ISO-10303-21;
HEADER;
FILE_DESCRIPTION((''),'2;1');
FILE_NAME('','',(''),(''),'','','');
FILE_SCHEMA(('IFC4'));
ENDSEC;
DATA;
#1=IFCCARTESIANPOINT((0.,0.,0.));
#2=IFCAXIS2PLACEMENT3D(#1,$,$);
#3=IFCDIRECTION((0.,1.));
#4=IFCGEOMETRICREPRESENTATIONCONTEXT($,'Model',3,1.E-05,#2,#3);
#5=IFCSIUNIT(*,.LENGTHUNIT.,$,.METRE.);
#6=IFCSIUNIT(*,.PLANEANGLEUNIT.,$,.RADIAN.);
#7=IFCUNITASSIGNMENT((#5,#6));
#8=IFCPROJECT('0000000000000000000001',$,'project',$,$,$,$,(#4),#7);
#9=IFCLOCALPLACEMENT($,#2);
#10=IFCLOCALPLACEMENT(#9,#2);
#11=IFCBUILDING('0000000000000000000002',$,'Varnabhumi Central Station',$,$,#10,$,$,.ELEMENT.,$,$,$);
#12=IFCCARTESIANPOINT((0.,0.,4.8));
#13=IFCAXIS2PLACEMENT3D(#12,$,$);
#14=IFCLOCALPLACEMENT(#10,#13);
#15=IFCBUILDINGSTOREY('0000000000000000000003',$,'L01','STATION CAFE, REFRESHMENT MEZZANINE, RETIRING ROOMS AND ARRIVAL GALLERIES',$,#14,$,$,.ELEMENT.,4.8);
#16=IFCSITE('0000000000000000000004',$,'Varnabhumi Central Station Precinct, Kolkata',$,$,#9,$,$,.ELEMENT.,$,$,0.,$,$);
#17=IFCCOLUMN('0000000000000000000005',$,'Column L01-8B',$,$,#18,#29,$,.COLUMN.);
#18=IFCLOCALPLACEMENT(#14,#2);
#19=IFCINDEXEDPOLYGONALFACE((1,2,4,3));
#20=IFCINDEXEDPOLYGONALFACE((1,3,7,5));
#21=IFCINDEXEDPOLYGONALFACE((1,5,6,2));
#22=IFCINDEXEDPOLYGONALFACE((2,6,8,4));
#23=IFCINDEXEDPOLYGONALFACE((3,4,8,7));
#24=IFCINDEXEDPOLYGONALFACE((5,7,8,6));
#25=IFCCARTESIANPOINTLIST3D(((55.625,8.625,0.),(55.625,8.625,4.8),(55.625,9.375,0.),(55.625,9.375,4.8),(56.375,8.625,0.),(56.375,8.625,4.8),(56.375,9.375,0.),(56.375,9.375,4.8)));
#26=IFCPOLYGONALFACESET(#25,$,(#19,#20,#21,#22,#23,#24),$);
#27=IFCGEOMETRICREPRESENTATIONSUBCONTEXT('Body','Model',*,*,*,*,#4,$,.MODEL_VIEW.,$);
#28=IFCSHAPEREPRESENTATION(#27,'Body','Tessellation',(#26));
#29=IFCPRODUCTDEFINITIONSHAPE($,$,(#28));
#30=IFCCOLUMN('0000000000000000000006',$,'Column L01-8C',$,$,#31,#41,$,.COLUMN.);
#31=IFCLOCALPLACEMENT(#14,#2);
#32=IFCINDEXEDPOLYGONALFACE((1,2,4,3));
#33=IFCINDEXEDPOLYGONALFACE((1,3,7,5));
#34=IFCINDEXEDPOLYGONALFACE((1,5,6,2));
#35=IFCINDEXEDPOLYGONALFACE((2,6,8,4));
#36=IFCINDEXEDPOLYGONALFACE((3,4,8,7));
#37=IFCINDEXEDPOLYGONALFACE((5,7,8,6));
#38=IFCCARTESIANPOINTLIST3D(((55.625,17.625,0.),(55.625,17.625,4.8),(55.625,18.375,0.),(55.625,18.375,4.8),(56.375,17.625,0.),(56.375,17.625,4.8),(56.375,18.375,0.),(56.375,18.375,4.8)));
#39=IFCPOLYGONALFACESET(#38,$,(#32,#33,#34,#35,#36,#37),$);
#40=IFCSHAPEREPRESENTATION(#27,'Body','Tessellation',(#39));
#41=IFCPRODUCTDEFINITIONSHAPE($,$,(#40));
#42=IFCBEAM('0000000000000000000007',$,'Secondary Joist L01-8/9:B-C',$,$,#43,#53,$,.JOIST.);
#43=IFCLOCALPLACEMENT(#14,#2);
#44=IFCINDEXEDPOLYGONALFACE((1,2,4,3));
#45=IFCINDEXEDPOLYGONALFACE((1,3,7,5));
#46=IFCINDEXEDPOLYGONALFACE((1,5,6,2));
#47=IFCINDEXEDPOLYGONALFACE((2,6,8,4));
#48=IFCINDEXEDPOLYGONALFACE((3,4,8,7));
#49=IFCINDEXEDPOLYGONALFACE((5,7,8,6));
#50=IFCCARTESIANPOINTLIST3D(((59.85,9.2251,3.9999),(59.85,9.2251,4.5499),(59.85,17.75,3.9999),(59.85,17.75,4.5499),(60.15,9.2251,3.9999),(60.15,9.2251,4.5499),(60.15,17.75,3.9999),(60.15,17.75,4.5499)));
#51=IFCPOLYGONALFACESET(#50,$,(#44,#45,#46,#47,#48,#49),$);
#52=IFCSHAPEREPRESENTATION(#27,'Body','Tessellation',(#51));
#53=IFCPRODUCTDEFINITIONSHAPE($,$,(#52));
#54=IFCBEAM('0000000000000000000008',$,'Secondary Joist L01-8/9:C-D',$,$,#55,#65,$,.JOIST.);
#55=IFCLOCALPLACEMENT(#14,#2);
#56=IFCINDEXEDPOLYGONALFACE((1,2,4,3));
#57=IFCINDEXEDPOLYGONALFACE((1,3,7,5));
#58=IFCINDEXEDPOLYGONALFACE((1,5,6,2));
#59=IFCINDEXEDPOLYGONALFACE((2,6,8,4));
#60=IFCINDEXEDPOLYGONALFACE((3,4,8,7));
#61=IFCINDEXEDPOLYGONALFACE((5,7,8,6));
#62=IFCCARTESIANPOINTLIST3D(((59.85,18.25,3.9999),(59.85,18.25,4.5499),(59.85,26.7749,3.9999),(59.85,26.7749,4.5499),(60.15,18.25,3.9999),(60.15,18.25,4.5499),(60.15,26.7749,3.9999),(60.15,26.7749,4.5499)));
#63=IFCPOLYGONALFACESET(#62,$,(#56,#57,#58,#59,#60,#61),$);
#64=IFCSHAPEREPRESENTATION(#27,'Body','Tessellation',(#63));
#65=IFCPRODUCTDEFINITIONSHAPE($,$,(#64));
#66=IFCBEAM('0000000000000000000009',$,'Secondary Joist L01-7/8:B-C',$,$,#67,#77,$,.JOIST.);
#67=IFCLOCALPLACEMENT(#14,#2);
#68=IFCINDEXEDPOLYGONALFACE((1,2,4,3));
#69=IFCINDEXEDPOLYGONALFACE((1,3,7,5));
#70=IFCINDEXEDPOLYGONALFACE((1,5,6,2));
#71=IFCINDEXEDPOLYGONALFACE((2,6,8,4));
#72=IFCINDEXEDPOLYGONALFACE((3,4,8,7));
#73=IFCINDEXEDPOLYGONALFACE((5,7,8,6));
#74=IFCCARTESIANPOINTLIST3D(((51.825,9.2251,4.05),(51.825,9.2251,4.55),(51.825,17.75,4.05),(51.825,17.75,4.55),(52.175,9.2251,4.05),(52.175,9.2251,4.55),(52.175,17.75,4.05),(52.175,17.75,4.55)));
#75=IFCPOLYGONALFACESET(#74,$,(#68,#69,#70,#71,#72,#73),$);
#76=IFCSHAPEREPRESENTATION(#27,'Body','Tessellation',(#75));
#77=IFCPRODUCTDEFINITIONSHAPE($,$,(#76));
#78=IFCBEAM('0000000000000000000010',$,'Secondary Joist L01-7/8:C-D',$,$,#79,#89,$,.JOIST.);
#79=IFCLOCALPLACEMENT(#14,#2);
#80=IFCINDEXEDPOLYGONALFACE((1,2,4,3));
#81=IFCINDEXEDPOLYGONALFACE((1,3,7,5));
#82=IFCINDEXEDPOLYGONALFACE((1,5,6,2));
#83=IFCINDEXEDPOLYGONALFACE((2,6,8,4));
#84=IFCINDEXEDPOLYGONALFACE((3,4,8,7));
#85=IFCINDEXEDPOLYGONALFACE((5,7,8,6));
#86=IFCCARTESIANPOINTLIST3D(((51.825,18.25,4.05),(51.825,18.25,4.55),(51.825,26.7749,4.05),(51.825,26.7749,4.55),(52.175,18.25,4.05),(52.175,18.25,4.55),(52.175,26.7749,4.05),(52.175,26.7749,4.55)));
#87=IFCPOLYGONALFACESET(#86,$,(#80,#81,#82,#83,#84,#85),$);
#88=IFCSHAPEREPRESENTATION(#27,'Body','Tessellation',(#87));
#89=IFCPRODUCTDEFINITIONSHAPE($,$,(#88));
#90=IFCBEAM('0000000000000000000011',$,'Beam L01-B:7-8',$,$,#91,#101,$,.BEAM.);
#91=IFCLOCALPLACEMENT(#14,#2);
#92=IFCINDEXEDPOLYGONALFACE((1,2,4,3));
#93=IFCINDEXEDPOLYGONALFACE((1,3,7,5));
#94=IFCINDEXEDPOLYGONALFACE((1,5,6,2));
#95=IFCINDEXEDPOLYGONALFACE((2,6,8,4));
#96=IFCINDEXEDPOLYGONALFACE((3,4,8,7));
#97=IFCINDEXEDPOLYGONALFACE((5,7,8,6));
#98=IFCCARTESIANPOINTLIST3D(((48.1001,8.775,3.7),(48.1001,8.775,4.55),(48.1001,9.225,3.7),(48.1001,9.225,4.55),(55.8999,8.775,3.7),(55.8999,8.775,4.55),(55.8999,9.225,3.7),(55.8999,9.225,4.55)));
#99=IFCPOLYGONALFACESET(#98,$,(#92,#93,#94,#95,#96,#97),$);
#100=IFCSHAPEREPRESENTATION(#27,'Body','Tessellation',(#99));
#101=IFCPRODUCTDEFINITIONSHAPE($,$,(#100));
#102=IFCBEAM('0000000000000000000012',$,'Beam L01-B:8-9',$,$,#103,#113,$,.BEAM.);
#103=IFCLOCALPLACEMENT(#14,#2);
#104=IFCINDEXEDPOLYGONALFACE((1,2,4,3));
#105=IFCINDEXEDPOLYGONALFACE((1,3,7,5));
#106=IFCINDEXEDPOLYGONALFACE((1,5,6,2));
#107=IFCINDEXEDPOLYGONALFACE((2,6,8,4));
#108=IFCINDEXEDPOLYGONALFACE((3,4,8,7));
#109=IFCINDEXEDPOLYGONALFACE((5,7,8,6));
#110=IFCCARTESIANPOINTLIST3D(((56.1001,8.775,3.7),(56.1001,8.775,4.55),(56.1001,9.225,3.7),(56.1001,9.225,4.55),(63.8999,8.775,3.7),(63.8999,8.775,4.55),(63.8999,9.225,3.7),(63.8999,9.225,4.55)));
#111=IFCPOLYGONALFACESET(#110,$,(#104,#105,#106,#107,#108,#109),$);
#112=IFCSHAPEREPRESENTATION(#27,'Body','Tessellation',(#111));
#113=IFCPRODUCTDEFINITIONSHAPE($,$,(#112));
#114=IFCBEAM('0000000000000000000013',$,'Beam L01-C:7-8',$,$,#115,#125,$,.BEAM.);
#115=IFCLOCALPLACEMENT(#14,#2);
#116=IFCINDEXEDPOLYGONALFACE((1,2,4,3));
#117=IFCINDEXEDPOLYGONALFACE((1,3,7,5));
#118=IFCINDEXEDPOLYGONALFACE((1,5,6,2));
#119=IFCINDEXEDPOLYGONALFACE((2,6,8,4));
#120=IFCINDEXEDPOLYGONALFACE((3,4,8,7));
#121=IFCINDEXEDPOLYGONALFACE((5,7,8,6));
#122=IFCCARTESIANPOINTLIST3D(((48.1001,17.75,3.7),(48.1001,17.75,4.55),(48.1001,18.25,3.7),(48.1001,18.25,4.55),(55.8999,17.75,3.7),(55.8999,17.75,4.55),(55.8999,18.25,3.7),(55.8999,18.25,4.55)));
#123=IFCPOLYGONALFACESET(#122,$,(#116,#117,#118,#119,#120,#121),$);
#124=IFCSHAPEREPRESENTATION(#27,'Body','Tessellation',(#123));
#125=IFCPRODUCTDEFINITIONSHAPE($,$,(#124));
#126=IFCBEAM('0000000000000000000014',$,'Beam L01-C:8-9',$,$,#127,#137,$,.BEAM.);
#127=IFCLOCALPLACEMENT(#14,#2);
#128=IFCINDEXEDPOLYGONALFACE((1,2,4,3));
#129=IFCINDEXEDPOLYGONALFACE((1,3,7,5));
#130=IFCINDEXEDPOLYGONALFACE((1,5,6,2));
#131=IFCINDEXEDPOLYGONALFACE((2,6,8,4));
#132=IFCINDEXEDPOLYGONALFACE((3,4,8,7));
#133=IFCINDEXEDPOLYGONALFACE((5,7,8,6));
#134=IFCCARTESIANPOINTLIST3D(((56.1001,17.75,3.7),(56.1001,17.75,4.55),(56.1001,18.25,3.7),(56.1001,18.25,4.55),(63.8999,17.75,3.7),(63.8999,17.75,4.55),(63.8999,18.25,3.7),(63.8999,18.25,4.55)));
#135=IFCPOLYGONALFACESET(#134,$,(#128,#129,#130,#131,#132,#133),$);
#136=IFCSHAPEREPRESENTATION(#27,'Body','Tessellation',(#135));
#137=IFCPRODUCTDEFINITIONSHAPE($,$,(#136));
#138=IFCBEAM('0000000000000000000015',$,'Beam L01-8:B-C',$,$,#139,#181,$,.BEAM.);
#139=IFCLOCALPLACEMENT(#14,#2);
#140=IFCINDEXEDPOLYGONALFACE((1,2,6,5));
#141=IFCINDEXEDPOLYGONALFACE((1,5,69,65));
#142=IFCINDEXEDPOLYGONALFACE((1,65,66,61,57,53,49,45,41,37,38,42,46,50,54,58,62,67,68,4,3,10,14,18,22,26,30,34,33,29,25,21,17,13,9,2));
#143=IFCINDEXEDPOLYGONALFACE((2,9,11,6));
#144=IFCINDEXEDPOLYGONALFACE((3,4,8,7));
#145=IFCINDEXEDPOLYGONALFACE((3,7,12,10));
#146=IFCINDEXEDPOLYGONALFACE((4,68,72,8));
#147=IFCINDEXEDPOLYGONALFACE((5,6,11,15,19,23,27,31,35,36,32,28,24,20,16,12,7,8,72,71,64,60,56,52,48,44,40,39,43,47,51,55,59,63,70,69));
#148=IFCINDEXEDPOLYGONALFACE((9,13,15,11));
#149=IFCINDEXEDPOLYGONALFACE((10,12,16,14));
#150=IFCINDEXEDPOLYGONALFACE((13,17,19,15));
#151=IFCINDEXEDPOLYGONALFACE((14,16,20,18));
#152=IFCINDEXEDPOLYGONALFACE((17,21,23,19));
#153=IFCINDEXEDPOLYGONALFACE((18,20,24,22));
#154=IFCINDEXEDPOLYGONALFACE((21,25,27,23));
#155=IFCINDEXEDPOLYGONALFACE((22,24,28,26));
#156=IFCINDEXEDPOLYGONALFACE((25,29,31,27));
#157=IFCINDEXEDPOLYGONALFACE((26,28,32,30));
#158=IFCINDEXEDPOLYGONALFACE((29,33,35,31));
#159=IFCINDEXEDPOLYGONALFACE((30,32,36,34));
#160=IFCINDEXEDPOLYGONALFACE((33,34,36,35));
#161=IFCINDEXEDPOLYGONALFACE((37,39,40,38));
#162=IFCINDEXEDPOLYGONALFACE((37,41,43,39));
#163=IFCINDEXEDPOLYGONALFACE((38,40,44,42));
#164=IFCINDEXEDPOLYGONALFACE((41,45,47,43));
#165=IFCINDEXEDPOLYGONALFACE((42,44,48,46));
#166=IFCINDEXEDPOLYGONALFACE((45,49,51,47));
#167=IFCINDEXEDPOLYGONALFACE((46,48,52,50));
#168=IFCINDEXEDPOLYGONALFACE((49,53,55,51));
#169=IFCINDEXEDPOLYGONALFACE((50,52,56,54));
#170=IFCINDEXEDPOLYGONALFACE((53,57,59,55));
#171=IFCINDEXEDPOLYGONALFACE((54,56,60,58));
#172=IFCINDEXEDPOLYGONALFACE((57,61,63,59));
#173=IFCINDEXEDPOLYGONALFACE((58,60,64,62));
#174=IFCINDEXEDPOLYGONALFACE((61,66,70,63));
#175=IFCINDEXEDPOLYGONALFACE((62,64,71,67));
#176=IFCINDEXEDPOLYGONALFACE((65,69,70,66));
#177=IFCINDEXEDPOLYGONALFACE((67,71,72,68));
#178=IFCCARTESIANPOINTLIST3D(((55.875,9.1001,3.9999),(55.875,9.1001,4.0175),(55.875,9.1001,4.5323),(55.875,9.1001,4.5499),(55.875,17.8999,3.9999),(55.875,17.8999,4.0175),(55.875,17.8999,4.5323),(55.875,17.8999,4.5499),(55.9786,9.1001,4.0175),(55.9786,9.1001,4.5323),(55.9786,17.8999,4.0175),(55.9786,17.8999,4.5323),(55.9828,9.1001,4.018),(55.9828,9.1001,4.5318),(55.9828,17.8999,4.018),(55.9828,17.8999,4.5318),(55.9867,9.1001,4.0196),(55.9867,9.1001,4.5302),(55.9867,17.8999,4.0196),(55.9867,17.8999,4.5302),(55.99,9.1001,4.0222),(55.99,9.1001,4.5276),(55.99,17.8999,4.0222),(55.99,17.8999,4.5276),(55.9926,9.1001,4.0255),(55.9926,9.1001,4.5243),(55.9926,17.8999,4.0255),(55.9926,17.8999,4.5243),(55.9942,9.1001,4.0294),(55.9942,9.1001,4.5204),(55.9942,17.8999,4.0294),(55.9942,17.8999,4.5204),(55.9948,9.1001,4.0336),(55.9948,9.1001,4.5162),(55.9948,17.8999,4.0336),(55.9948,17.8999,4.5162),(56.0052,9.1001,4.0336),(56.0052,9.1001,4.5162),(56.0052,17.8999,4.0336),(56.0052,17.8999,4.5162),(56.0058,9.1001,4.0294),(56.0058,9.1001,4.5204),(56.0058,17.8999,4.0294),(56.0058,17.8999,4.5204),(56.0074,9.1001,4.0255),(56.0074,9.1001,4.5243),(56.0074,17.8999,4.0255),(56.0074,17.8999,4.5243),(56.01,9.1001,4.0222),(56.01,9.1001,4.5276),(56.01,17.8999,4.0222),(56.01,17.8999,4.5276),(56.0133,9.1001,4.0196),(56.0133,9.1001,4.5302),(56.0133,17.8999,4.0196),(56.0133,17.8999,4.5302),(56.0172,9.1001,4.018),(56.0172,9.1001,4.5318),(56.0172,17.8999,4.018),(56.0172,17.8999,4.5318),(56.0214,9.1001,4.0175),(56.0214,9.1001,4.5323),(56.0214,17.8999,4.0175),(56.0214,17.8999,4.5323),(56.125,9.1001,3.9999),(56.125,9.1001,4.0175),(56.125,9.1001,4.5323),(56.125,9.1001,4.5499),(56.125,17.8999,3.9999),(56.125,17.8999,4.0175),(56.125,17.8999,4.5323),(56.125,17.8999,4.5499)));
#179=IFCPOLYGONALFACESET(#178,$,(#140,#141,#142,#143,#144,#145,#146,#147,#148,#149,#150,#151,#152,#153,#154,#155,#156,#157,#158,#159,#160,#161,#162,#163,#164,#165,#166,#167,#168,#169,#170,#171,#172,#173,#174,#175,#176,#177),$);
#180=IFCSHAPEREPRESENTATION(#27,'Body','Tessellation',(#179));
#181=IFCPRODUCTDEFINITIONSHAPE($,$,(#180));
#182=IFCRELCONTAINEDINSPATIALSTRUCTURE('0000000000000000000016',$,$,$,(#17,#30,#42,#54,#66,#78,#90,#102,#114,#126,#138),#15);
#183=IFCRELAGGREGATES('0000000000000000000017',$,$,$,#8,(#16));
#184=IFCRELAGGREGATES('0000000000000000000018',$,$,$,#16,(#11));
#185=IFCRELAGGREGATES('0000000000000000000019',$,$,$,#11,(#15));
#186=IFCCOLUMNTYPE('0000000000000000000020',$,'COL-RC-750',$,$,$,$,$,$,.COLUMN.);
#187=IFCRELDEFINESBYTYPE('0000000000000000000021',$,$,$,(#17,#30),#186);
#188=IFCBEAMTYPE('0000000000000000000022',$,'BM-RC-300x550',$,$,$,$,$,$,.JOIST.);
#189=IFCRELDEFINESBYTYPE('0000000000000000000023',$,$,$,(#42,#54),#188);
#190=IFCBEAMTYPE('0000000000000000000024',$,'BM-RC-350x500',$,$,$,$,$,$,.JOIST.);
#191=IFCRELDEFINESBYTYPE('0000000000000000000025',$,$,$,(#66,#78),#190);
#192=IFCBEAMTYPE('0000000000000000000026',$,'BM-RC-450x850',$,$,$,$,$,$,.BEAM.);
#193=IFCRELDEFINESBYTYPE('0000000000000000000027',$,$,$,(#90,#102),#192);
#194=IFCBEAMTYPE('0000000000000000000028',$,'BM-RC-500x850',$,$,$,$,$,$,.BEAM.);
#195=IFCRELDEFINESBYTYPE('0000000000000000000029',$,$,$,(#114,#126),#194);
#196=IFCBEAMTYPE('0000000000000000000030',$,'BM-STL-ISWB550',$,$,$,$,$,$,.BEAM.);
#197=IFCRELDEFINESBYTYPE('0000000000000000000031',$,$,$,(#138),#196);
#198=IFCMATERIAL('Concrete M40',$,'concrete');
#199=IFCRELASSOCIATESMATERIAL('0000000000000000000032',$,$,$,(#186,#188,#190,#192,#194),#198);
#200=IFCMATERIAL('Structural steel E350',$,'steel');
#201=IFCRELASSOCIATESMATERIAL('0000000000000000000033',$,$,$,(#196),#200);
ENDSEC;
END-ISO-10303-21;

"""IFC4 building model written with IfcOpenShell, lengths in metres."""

from ifc_helpers import new_model, si_unit, direction, frame, origin, origin_2d, place, context, subcontext, project, spatial, rectangle, i_section, extrude, material, material_profile, profile_set, type_object, element, save


model = new_model("IFC4")

# Units and contexts
model_context = context("Model", 3, precision=1e-05, world=origin(), true_north=direction((0.0, 1.0)))
body_context = subcontext(model_context, "Body", "Model", "MODEL_VIEW")
ifc_project = project(units=[si_unit("LENGTHUNIT", "METRE"), si_unit("PLANEANGLEUNIT", "RADIAN")], contexts=[model_context])

# Site, building, storey
site_placement = place(None, origin())
site = spatial("IfcSite", under=ifc_project, at=site_placement, Name="Varnabhumi Central Station Precinct, Kolkata", CompositionType="ELEMENT", RefElevation=0.0)
building_placement = place(site_placement, origin())
building = spatial("IfcBuilding", under=site, at=building_placement, Name="Varnabhumi Central Station", CompositionType="ELEMENT")
storey_placement = place(building_placement, frame((0.0, 0.0, 4.8)))
storey = spatial("IfcBuildingStorey", under=building, at=storey_placement, Name="L01", Description="STATION CAFE, REFRESHMENT MEZZANINE, RETIRING ROOMS AND ARRIVAL GALLERIES", CompositionType="ELEMENT", Elevation=4.8)

# Columns
ifc_material_1 = material(Name="Concrete M40", Category="concrete")
ifc_material_profile_1 = material_profile(ifc_material_1, rectangle(XDim=0.75, YDim=0.75, at=origin_2d()), Name="Concrete M40", Category="concrete")
ifc_profile_set_1 = profile_set([ifc_material_profile_1], Name="Concrete M40")
column_type = type_object("IfcColumnType", Name="COL-RC-750", PredefinedType="COLUMN", material=ifc_profile_set_1)
for number, where, z_axis, x_axis, name in (
    (1, (56.0, 9.0, 0.0), (0.0, 0.0, 1.0), (1.0, 0.0, 0.0), "Column L01-8B"),
    (2, (56.0, 18.0, 0.0), (0.0, 0.0, 1.0), (1.0, 0.0, 0.0), "Column L01-8C"),
):
    element("IfcColumn", number, at=place(storey_placement, frame(where, z_axis=z_axis, x_axis=x_axis)), inside=storey, type_object=column_type, Name=name, PredefinedType="COLUMN", context=body_context, shape_type="SweptSolid", body=[
        extrude(rectangle(XDim=0.75, YDim=0.75, at=origin_2d()), origin(), (0.0, 0.0, 1.0), 4.8),
    ])

# Beams
ifc_material_profile_2 = material_profile(ifc_material_1, rectangle(XDim=0.3, YDim=0.55, at=origin_2d()), Name="Concrete M40", Category="concrete")
ifc_profile_set_2 = profile_set([ifc_material_profile_2], Name="Concrete M40")
beam_type_1 = type_object("IfcBeamType", Name="BM-RC-300x550", PredefinedType="JOIST", material=ifc_profile_set_2)
for number, where, z_axis, x_axis, name in (
    (3, (60.0, 9.2251, 4.2749), (0.0, 1.0, 0.0), (-1.0, 0.0, 0.0), "Secondary Joist L01-8/9:B-C"),
    (4, (60.0, 18.25, 4.2749), (0.0, 1.0, 0.0), (-1.0, 0.0, 0.0), "Secondary Joist L01-8/9:C-D"),
):
    element("IfcBeam", number, at=place(storey_placement, frame(where, z_axis=z_axis, x_axis=x_axis)), inside=storey, type_object=beam_type_1, Name=name, PredefinedType="JOIST", context=body_context, shape_type="SweptSolid", body=[
        extrude(rectangle(XDim=0.3, YDim=0.55, at=origin_2d()), origin(), (0.0, 0.0, 1.0), 8.5249),
    ])
ifc_material_profile_3 = material_profile(ifc_material_1, rectangle(XDim=0.3501, YDim=0.5, at=origin_2d()), Name="Concrete M40", Category="concrete")
ifc_profile_set_3 = profile_set([ifc_material_profile_3], Name="Concrete M40")
beam_type_2 = type_object("IfcBeamType", Name="BM-RC-350x500", PredefinedType="JOIST", material=ifc_profile_set_3)
for number, where, z_axis, x_axis, name in (
    (5, (52.0, 9.2251, 4.3), (0.0, 1.0, 0.0), (-1.0, 0.0, 0.0), "Secondary Joist L01-7/8:B-C"),
    (6, (52.0, 18.25, 4.3), (0.0, 1.0, 0.0), (-1.0, 0.0, 0.0), "Secondary Joist L01-7/8:C-D"),
):
    element("IfcBeam", number, at=place(storey_placement, frame(where, z_axis=z_axis, x_axis=x_axis)), inside=storey, type_object=beam_type_2, Name=name, PredefinedType="JOIST", context=body_context, shape_type="SweptSolid", body=[
        extrude(rectangle(XDim=0.3501, YDim=0.5, at=origin_2d()), origin(), (0.0, 0.0, 1.0), 8.5249),
    ])
ifc_material_profile_4 = material_profile(ifc_material_1, rectangle(XDim=0.45, YDim=0.8501, at=origin_2d()), Name="Concrete M40", Category="concrete")
ifc_profile_set_4 = profile_set([ifc_material_profile_4], Name="Concrete M40")
beam_type_3 = type_object("IfcBeamType", Name="BM-RC-450x850", PredefinedType="BEAM", material=ifc_profile_set_4)
for number, where, z_axis, x_axis, name in (
    (7, (48.1001, 9.0, 4.125), (1.0, 0.0, 0.0), (0.0, 1.0, 0.0), "Beam L01-B:7-8"),
    (8, (56.1001, 9.0, 4.125), (1.0, 0.0, 0.0), (0.0, 1.0, 0.0), "Beam L01-B:8-9"),
):
    element("IfcBeam", number, at=place(storey_placement, frame(where, z_axis=z_axis, x_axis=x_axis)), inside=storey, type_object=beam_type_3, Name=name, PredefinedType="BEAM", context=body_context, shape_type="SweptSolid", body=[
        extrude(rectangle(XDim=0.45, YDim=0.8501, at=origin_2d()), origin(), (0.0, 0.0, 1.0), 7.7998),
    ])
ifc_material_profile_5 = material_profile(ifc_material_1, rectangle(XDim=0.5, YDim=0.8501, at=origin_2d()), Name="Concrete M40", Category="concrete")
ifc_profile_set_5 = profile_set([ifc_material_profile_5], Name="Concrete M40")
beam_type_4 = type_object("IfcBeamType", Name="BM-RC-500x850", PredefinedType="BEAM", material=ifc_profile_set_5)
for number, where, z_axis, x_axis, name in (
    (9, (48.1001, 18.0, 4.125), (1.0, 0.0, 0.0), (0.0, 1.0, 0.0), "Beam L01-C:7-8"),
    (10, (56.1001, 18.0, 4.125), (1.0, 0.0, 0.0), (0.0, 1.0, 0.0), "Beam L01-C:8-9"),
):
    element("IfcBeam", number, at=place(storey_placement, frame(where, z_axis=z_axis, x_axis=x_axis)), inside=storey, type_object=beam_type_4, Name=name, PredefinedType="BEAM", context=body_context, shape_type="SweptSolid", body=[
        extrude(rectangle(XDim=0.5, YDim=0.8501, at=origin_2d()), origin(), (0.0, 0.0, 1.0), 7.7998),
    ])
ifc_material_2 = material(Name="Structural steel E350", Category="steel")
ifc_material_profile_6 = material_profile(ifc_material_2, i_section(OverallWidth=0.25, OverallDepth=0.55, WebThickness=0.0105, FlangeThickness=0.0176, FilletRadius=0.0161, at=origin_2d()), Name="Structural steel E350", Category="steel")
ifc_profile_set_6 = profile_set([ifc_material_profile_6], Name="Structural steel E350")
beam_type_5 = type_object("IfcBeamType", Name="BM-STL-ISWB550", PredefinedType="BEAM", material=ifc_profile_set_6)
for number, where, z_axis, x_axis, name in (
    (11, (56.0, 9.1001, 4.2749), (0.0, 1.0, 0.0), (-1.0, 0.0, 0.0), "Beam L01-8:B-C"),
):
    element("IfcBeam", number, at=place(storey_placement, frame(where, z_axis=z_axis, x_axis=x_axis)), inside=storey, type_object=beam_type_5, Name=name, PredefinedType="BEAM", context=body_context, shape_type="SweptSolid", body=[
        extrude(i_section(OverallWidth=0.25, OverallDepth=0.55, WebThickness=0.0105, FlangeThickness=0.0176, FilletRadius=0.0161, at=origin_2d()), origin(), (0.0, 0.0, 1.0), 8.7998),
    ])

save(model, "model.ifc")
